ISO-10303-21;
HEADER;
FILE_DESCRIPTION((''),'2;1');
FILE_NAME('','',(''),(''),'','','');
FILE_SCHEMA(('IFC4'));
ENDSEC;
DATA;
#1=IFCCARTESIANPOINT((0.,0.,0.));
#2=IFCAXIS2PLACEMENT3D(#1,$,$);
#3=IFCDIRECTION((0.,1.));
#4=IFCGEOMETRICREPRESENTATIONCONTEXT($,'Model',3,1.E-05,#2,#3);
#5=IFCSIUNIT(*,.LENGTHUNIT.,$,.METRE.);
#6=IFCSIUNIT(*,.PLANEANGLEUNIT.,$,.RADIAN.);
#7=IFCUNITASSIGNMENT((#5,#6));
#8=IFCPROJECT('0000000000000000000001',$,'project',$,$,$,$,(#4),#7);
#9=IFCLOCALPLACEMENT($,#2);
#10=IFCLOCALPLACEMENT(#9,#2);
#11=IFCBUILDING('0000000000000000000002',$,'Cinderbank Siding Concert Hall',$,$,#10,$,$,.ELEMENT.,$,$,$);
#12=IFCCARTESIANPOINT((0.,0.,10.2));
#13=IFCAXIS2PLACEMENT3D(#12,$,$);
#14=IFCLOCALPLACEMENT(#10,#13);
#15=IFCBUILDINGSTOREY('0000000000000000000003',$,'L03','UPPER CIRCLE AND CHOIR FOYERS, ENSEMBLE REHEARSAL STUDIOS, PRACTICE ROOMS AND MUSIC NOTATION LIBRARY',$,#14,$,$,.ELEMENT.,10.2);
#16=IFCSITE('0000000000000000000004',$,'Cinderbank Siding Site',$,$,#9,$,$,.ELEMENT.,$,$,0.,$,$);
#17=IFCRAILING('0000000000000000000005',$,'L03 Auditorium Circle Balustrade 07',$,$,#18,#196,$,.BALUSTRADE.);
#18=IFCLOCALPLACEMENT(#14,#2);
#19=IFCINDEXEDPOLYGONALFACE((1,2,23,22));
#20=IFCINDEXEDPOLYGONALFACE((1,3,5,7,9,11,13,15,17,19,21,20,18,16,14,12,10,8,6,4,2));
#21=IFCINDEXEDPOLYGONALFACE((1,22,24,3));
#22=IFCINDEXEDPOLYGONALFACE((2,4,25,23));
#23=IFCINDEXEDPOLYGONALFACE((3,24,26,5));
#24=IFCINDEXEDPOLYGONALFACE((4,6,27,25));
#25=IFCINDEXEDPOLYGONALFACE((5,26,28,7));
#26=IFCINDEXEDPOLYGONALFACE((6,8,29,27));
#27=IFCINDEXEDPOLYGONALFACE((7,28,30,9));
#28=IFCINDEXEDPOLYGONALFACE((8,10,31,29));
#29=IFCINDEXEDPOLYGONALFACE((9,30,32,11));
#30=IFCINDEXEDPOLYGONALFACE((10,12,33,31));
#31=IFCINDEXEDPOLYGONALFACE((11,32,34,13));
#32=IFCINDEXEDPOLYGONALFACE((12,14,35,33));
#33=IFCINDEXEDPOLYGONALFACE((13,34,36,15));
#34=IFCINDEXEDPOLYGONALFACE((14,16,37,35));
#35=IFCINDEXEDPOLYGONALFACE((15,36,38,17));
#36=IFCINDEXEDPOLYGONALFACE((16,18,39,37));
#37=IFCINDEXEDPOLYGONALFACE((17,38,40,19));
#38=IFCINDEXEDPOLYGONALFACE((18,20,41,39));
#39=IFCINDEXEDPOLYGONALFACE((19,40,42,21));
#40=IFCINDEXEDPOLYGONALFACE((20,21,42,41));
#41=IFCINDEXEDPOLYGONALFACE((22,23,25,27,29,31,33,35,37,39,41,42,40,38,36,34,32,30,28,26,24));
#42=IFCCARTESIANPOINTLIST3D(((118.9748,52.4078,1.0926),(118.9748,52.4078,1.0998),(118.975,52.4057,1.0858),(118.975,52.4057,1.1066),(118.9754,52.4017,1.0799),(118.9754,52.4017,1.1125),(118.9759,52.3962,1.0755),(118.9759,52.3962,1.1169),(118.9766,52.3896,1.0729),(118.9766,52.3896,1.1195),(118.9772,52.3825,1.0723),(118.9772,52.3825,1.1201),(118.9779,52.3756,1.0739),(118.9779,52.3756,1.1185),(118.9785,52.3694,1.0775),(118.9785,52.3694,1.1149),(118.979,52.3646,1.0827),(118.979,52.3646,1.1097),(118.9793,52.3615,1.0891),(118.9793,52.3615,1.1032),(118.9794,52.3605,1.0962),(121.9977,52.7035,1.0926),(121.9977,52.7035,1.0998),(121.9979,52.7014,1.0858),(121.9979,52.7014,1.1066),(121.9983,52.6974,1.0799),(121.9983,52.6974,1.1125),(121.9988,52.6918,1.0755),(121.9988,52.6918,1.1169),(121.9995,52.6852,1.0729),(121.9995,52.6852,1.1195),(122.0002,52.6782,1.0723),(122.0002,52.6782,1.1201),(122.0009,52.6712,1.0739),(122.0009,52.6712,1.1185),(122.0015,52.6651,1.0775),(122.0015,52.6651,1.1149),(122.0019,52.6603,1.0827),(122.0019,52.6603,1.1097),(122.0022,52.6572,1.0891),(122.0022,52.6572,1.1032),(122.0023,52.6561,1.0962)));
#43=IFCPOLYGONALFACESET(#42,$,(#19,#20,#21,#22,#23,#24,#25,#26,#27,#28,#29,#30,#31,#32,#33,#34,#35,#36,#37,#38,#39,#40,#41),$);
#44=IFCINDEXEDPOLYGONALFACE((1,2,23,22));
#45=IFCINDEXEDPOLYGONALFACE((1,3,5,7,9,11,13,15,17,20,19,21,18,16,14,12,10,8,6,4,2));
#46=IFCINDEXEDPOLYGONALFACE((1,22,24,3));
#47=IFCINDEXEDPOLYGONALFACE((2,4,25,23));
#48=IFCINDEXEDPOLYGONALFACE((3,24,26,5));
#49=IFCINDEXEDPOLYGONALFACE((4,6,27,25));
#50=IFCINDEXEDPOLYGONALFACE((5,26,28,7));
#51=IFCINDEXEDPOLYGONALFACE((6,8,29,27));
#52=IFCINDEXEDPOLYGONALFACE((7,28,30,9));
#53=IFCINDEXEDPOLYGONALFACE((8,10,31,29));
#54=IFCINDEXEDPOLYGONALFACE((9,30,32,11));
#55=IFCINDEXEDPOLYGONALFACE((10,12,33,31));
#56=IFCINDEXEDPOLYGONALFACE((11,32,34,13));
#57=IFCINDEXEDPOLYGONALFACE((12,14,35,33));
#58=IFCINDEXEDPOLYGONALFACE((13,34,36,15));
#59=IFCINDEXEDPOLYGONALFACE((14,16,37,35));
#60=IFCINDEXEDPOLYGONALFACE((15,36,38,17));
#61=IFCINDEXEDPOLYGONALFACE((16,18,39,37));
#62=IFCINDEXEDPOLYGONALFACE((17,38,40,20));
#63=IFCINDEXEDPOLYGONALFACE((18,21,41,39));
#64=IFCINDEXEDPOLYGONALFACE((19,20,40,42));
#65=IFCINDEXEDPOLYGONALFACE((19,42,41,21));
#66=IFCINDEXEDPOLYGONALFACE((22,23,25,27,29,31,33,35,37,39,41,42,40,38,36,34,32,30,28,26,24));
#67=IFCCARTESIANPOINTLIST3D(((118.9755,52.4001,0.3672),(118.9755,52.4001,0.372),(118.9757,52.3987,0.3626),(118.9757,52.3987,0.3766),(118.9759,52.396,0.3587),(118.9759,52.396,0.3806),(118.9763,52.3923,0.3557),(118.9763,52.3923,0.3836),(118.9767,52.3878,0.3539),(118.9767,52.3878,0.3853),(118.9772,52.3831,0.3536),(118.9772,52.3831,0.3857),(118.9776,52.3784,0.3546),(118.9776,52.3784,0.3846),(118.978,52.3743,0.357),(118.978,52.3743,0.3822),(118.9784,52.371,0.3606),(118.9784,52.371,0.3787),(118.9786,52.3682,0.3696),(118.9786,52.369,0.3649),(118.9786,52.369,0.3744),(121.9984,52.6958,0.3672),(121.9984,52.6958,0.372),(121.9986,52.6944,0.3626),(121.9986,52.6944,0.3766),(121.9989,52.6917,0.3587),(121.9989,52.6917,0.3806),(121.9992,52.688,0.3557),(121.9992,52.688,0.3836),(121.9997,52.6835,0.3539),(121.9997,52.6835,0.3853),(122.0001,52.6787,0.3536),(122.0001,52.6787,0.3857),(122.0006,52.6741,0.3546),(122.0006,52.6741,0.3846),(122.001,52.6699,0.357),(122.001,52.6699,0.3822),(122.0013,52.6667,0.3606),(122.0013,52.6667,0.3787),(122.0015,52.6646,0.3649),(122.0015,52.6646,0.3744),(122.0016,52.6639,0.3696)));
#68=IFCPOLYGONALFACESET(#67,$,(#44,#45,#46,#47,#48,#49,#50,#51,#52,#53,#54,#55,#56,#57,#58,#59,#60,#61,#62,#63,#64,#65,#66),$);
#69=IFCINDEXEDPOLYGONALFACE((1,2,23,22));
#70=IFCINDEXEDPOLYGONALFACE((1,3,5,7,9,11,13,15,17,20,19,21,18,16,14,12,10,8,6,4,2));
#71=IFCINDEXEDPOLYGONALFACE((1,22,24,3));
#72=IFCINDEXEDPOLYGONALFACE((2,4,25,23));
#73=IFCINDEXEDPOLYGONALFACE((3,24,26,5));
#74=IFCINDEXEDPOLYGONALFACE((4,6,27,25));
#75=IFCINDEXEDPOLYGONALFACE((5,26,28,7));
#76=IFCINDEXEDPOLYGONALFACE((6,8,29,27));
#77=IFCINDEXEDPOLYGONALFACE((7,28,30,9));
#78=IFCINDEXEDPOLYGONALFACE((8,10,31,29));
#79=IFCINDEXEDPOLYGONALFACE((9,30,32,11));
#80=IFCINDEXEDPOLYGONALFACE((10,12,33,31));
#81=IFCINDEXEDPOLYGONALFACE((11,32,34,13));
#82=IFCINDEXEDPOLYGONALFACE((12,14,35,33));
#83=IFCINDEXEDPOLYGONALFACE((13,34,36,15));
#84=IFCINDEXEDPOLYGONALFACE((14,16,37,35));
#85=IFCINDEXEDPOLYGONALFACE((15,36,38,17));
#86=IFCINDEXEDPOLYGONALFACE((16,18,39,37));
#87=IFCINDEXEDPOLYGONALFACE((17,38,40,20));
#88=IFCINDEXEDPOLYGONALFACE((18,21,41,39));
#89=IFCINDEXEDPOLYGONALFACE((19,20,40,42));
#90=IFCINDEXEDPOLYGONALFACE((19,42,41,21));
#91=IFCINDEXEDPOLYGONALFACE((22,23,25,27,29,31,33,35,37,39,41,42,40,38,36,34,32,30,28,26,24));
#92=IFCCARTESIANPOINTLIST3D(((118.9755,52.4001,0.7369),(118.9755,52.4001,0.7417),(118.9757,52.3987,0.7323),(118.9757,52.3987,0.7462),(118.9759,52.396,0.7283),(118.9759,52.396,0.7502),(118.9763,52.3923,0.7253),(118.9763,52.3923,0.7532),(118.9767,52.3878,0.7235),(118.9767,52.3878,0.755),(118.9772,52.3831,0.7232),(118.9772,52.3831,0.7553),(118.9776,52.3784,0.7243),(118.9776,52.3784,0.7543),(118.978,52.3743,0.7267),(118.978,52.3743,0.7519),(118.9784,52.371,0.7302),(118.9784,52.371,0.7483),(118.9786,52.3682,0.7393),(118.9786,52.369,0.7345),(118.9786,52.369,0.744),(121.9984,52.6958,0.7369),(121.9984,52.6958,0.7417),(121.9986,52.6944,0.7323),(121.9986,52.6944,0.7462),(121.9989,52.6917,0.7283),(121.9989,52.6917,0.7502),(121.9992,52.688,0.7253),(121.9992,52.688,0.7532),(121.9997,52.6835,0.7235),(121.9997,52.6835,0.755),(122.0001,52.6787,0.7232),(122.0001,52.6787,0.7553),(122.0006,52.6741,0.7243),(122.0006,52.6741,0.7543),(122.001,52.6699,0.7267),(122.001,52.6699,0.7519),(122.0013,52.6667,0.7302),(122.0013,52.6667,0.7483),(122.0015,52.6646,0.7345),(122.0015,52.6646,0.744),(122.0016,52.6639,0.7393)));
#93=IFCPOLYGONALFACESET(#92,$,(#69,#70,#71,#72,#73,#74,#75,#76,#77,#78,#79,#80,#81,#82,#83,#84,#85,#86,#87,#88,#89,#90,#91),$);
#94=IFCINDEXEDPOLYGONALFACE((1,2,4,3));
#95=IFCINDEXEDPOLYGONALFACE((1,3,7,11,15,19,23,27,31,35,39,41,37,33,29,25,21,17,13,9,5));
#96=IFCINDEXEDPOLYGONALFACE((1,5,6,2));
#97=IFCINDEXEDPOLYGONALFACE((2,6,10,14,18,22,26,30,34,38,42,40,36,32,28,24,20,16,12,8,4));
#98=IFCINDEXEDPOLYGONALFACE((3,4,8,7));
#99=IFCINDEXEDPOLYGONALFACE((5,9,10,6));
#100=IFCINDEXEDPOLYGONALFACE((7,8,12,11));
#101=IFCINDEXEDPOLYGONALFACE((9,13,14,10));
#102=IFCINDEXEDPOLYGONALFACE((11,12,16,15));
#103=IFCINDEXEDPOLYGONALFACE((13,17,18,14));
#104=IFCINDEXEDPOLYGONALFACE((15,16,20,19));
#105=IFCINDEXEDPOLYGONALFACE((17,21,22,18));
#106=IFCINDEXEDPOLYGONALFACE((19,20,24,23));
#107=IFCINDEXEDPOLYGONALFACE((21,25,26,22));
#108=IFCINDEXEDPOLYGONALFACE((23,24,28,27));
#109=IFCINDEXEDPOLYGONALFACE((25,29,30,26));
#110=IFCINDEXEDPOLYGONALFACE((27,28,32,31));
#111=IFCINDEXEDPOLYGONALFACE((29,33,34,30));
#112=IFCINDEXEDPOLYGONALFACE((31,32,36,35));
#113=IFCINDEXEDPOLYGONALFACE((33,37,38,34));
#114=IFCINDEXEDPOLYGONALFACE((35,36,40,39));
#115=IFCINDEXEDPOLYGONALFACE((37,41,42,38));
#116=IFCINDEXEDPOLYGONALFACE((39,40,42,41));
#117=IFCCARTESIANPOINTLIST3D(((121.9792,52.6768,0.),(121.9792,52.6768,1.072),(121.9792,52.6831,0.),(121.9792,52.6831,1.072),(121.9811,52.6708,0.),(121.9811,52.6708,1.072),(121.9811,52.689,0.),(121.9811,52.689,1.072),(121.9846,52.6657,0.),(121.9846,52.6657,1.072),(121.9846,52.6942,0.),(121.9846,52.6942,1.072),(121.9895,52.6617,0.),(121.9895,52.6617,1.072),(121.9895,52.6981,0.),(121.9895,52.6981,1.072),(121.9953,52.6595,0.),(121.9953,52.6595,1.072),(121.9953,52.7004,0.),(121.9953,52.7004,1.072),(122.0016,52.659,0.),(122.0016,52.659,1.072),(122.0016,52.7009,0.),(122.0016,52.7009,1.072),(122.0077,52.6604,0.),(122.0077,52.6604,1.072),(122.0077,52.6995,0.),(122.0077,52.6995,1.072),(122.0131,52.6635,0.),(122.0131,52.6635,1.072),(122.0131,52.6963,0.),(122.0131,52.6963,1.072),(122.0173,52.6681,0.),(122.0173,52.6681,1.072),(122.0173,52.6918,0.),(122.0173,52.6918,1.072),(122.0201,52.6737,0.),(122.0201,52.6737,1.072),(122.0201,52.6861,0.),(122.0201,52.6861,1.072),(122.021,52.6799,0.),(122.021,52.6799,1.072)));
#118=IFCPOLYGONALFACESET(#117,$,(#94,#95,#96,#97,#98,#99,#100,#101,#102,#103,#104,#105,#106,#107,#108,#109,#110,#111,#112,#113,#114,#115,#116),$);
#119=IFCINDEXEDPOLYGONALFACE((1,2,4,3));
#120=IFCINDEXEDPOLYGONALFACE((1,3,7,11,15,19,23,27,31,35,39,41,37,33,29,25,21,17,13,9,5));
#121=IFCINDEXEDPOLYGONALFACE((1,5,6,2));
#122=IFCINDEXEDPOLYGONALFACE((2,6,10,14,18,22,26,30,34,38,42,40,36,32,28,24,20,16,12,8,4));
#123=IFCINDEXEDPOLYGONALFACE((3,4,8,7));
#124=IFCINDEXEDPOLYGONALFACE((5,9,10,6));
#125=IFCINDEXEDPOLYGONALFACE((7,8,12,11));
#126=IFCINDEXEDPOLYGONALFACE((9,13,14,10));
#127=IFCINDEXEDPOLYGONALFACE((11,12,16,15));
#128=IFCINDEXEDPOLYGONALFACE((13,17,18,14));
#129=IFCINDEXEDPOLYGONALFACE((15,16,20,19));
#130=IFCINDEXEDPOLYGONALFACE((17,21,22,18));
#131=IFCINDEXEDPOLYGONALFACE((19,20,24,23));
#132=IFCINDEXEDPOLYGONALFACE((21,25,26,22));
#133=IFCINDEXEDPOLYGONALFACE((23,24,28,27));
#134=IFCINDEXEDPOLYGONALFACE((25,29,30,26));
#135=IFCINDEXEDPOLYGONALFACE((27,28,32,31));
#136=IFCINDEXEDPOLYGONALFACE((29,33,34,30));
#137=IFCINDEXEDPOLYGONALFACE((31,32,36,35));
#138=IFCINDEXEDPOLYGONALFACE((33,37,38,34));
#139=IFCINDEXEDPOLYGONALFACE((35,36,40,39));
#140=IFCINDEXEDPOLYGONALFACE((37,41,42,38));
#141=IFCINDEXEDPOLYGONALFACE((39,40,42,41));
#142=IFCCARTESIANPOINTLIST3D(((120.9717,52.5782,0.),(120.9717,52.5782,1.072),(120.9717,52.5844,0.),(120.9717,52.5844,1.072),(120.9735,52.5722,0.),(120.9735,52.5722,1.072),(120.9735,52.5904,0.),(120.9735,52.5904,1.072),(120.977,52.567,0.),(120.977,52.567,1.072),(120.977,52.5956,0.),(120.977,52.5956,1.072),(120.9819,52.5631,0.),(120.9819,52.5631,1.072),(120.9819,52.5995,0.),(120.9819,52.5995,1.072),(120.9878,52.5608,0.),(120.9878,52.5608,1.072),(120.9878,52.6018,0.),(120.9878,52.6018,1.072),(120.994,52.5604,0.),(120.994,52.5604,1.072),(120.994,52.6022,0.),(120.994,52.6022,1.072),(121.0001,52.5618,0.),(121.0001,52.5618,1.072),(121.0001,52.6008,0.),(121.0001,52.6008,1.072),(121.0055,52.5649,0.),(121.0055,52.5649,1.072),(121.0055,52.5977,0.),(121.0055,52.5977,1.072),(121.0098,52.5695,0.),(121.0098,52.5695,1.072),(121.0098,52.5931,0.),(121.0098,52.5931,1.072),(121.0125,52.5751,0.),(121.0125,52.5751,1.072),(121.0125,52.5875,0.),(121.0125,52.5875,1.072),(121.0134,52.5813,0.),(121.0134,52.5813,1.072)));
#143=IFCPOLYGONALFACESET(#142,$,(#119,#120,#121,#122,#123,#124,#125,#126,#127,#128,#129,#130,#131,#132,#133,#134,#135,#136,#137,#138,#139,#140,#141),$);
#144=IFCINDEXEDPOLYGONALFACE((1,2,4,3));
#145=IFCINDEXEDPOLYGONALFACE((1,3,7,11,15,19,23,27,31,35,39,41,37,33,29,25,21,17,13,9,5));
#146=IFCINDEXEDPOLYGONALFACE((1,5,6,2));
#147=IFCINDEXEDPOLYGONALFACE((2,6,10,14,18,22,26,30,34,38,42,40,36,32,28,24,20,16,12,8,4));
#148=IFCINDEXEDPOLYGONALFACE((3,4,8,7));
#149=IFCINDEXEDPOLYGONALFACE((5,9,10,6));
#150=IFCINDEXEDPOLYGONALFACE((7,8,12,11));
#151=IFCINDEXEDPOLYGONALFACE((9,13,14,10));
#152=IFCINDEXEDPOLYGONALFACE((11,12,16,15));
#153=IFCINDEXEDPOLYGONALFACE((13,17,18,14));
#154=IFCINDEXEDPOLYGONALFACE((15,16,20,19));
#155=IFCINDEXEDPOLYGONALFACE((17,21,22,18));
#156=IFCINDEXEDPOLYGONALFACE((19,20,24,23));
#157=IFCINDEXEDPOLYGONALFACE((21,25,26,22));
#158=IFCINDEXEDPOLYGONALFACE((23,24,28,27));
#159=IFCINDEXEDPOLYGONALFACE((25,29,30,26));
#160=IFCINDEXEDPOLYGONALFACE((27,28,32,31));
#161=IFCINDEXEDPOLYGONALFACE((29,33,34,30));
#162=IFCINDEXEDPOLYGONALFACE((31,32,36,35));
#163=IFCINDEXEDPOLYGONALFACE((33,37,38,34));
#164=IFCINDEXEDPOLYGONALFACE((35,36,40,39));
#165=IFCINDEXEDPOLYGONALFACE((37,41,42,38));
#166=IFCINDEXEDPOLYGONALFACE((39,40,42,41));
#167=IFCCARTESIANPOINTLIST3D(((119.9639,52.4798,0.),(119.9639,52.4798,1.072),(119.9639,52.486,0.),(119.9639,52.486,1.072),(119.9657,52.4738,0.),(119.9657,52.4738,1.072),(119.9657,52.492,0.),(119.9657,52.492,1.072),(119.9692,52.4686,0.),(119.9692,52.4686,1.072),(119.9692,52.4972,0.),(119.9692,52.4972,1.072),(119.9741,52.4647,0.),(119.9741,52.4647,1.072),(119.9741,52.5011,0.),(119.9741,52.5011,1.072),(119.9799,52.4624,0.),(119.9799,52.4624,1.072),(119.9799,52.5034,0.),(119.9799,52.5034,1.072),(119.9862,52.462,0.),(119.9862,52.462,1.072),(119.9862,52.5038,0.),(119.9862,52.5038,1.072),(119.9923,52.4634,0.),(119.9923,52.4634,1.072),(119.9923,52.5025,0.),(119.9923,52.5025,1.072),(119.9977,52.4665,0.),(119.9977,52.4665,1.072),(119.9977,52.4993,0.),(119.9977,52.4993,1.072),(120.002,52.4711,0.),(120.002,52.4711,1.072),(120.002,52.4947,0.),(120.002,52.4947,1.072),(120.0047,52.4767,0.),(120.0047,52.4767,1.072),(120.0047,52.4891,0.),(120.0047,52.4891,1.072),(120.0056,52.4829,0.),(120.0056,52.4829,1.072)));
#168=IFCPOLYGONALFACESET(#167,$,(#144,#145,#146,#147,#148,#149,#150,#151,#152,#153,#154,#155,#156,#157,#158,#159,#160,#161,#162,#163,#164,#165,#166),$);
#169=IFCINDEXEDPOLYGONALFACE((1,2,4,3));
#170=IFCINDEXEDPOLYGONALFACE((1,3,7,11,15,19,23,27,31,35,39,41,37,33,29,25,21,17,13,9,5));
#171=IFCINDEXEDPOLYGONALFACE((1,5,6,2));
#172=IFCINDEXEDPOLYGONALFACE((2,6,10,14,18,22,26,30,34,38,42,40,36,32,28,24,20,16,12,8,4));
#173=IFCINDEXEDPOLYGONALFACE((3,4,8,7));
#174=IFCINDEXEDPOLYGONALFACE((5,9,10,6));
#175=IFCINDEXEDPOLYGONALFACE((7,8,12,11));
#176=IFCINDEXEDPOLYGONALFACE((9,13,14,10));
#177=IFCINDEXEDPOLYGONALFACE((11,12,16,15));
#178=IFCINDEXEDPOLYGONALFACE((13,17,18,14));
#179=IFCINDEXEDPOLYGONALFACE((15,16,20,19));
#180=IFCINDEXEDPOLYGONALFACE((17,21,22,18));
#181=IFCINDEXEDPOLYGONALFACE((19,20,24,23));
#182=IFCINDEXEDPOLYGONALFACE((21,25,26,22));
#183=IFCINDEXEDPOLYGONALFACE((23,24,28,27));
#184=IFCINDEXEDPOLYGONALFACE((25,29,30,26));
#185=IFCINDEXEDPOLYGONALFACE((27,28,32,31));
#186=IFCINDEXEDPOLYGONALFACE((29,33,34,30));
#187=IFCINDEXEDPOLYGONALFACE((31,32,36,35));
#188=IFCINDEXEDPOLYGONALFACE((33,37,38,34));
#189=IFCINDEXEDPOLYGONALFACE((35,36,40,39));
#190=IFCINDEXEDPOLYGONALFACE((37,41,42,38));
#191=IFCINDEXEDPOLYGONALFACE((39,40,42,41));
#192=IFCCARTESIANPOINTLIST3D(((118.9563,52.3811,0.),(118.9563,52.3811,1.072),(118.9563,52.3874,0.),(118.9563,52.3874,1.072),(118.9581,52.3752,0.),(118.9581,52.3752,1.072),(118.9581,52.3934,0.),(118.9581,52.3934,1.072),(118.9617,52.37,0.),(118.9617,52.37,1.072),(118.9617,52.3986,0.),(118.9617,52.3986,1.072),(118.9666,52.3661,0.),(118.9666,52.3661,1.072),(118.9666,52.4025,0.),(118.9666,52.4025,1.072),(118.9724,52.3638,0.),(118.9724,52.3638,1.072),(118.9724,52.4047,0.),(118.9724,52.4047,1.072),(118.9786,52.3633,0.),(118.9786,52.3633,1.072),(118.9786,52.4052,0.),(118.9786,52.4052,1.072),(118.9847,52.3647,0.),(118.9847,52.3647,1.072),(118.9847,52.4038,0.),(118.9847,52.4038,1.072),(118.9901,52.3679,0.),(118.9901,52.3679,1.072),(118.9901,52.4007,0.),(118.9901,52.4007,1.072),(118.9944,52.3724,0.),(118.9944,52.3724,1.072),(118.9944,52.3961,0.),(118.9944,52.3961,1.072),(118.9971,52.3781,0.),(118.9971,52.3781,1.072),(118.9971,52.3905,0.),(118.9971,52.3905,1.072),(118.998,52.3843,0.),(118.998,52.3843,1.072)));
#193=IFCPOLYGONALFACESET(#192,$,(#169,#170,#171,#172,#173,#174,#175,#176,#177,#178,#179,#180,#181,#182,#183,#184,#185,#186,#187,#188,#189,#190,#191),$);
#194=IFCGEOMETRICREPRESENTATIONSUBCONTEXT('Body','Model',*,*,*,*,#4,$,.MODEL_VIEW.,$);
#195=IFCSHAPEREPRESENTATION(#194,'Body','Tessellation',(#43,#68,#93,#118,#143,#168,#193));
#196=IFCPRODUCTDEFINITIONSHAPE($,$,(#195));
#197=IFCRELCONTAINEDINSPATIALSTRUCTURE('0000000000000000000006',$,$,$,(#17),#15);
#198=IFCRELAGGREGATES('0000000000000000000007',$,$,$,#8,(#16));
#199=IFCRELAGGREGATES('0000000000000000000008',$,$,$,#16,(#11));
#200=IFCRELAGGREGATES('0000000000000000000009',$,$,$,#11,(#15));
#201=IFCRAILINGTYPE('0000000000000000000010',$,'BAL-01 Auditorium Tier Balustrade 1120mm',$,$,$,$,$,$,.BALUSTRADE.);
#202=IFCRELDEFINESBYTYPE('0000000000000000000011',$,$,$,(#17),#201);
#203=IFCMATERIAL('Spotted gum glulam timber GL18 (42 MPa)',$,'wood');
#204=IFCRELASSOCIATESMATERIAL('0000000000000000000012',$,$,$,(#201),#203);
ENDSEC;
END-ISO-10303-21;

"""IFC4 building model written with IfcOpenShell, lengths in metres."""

from ifc_helpers import new_model, si_unit, direction, frame, origin, origin_2d, place, context, subcontext, project, spatial, circle, extrude, material, type_object, element, save


model = new_model("IFC4")

# Units and contexts
model_context = context("Model", 3, precision=1e-05, world=origin(), true_north=direction((0.0, 1.0)))
body_context = subcontext(model_context, "Body", "Model", "MODEL_VIEW")
ifc_project = project(units=[si_unit("LENGTHUNIT", "METRE"), si_unit("PLANEANGLEUNIT", "RADIAN")], contexts=[model_context])

# Site, building, storey
site_placement = place(None, origin())
site = spatial("IfcSite", under=ifc_project, at=site_placement, Name="Cinderbank Siding Site", CompositionType="ELEMENT", RefElevation=0.0)
building_placement = place(site_placement, origin())
building = spatial("IfcBuilding", under=site, at=building_placement, Name="Cinderbank Siding Concert Hall", CompositionType="ELEMENT")
storey_placement = place(building_placement, frame((0.0, 0.0, 10.2)))
storey = spatial("IfcBuildingStorey", under=building, at=storey_placement, Name="L03", Description="UPPER CIRCLE AND CHOIR FOYERS, ENSEMBLE REHEARSAL STUDIOS, PRACTICE ROOMS AND MUSIC NOTATION LIBRARY", CompositionType="ELEMENT", Elevation=10.2)

# Shared definitions
ifc_material_1 = material(Name="Spotted gum glulam timber GL18 (42 MPa)", Category="wood")

# Railing
railing_type = type_object("IfcRailingType", Name="BAL-01 Auditorium Tier Balustrade 1120mm", PredefinedType="BALUSTRADE", material=ifc_material_1)
railing_1_placement = place(storey_placement, frame((122.0, 52.6799, 0.0)))
element("IfcRailing", 1, at=railing_1_placement, inside=storey, type_object=railing_type, Name="L03 Auditorium Circle Balustrade 07", PredefinedType="BALUSTRADE", context=body_context, shape_type="SweptSolid", body=[
    extrude(circle(Radius=0.0239, at=origin_2d()), frame((0.0, 0.0, 1.0962), z_axis=(-0.995251, -0.097339, 0.0), x_axis=(0.097339, -0.995251, 0.0)), (0.0, 0.0, 1.0), 3.0374),
    extrude(circle(Radius=0.0161, at=origin_2d()), frame((0.0, 0.0, 0.3696), z_axis=(-0.995251, -0.097339, 0.0), x_axis=(0.097339, -0.995251, 0.0)), (0.0, 0.0, 1.0), 3.0374),
    extrude(circle(Radius=0.0161, at=origin_2d()), frame((0.0, 0.0, 0.7393), z_axis=(-0.995251, -0.097339, 0.0), x_axis=(0.097339, -0.995251, 0.0)), (0.0, 0.0, 1.0), 3.0374),
    extrude(circle(Radius=0.021, at=origin_2d()), origin(), (0.0, 0.0, 1.0), 1.072),
    extrude(circle(Radius=0.021, at=origin_2d()), frame((-1.0076, -0.0986, 0.0)), (0.0, 0.0, 1.0), 1.072),
    extrude(circle(Radius=0.021, at=origin_2d()), frame((-2.0154, -0.197, 0.0)), (0.0, 0.0, 1.0), 1.072),
    extrude(circle(Radius=0.021, at=origin_2d()), frame((-3.0229, -0.2957, 0.0)), (0.0, 0.0, 1.0), 1.072),
])

save(model, "model.ifc")
